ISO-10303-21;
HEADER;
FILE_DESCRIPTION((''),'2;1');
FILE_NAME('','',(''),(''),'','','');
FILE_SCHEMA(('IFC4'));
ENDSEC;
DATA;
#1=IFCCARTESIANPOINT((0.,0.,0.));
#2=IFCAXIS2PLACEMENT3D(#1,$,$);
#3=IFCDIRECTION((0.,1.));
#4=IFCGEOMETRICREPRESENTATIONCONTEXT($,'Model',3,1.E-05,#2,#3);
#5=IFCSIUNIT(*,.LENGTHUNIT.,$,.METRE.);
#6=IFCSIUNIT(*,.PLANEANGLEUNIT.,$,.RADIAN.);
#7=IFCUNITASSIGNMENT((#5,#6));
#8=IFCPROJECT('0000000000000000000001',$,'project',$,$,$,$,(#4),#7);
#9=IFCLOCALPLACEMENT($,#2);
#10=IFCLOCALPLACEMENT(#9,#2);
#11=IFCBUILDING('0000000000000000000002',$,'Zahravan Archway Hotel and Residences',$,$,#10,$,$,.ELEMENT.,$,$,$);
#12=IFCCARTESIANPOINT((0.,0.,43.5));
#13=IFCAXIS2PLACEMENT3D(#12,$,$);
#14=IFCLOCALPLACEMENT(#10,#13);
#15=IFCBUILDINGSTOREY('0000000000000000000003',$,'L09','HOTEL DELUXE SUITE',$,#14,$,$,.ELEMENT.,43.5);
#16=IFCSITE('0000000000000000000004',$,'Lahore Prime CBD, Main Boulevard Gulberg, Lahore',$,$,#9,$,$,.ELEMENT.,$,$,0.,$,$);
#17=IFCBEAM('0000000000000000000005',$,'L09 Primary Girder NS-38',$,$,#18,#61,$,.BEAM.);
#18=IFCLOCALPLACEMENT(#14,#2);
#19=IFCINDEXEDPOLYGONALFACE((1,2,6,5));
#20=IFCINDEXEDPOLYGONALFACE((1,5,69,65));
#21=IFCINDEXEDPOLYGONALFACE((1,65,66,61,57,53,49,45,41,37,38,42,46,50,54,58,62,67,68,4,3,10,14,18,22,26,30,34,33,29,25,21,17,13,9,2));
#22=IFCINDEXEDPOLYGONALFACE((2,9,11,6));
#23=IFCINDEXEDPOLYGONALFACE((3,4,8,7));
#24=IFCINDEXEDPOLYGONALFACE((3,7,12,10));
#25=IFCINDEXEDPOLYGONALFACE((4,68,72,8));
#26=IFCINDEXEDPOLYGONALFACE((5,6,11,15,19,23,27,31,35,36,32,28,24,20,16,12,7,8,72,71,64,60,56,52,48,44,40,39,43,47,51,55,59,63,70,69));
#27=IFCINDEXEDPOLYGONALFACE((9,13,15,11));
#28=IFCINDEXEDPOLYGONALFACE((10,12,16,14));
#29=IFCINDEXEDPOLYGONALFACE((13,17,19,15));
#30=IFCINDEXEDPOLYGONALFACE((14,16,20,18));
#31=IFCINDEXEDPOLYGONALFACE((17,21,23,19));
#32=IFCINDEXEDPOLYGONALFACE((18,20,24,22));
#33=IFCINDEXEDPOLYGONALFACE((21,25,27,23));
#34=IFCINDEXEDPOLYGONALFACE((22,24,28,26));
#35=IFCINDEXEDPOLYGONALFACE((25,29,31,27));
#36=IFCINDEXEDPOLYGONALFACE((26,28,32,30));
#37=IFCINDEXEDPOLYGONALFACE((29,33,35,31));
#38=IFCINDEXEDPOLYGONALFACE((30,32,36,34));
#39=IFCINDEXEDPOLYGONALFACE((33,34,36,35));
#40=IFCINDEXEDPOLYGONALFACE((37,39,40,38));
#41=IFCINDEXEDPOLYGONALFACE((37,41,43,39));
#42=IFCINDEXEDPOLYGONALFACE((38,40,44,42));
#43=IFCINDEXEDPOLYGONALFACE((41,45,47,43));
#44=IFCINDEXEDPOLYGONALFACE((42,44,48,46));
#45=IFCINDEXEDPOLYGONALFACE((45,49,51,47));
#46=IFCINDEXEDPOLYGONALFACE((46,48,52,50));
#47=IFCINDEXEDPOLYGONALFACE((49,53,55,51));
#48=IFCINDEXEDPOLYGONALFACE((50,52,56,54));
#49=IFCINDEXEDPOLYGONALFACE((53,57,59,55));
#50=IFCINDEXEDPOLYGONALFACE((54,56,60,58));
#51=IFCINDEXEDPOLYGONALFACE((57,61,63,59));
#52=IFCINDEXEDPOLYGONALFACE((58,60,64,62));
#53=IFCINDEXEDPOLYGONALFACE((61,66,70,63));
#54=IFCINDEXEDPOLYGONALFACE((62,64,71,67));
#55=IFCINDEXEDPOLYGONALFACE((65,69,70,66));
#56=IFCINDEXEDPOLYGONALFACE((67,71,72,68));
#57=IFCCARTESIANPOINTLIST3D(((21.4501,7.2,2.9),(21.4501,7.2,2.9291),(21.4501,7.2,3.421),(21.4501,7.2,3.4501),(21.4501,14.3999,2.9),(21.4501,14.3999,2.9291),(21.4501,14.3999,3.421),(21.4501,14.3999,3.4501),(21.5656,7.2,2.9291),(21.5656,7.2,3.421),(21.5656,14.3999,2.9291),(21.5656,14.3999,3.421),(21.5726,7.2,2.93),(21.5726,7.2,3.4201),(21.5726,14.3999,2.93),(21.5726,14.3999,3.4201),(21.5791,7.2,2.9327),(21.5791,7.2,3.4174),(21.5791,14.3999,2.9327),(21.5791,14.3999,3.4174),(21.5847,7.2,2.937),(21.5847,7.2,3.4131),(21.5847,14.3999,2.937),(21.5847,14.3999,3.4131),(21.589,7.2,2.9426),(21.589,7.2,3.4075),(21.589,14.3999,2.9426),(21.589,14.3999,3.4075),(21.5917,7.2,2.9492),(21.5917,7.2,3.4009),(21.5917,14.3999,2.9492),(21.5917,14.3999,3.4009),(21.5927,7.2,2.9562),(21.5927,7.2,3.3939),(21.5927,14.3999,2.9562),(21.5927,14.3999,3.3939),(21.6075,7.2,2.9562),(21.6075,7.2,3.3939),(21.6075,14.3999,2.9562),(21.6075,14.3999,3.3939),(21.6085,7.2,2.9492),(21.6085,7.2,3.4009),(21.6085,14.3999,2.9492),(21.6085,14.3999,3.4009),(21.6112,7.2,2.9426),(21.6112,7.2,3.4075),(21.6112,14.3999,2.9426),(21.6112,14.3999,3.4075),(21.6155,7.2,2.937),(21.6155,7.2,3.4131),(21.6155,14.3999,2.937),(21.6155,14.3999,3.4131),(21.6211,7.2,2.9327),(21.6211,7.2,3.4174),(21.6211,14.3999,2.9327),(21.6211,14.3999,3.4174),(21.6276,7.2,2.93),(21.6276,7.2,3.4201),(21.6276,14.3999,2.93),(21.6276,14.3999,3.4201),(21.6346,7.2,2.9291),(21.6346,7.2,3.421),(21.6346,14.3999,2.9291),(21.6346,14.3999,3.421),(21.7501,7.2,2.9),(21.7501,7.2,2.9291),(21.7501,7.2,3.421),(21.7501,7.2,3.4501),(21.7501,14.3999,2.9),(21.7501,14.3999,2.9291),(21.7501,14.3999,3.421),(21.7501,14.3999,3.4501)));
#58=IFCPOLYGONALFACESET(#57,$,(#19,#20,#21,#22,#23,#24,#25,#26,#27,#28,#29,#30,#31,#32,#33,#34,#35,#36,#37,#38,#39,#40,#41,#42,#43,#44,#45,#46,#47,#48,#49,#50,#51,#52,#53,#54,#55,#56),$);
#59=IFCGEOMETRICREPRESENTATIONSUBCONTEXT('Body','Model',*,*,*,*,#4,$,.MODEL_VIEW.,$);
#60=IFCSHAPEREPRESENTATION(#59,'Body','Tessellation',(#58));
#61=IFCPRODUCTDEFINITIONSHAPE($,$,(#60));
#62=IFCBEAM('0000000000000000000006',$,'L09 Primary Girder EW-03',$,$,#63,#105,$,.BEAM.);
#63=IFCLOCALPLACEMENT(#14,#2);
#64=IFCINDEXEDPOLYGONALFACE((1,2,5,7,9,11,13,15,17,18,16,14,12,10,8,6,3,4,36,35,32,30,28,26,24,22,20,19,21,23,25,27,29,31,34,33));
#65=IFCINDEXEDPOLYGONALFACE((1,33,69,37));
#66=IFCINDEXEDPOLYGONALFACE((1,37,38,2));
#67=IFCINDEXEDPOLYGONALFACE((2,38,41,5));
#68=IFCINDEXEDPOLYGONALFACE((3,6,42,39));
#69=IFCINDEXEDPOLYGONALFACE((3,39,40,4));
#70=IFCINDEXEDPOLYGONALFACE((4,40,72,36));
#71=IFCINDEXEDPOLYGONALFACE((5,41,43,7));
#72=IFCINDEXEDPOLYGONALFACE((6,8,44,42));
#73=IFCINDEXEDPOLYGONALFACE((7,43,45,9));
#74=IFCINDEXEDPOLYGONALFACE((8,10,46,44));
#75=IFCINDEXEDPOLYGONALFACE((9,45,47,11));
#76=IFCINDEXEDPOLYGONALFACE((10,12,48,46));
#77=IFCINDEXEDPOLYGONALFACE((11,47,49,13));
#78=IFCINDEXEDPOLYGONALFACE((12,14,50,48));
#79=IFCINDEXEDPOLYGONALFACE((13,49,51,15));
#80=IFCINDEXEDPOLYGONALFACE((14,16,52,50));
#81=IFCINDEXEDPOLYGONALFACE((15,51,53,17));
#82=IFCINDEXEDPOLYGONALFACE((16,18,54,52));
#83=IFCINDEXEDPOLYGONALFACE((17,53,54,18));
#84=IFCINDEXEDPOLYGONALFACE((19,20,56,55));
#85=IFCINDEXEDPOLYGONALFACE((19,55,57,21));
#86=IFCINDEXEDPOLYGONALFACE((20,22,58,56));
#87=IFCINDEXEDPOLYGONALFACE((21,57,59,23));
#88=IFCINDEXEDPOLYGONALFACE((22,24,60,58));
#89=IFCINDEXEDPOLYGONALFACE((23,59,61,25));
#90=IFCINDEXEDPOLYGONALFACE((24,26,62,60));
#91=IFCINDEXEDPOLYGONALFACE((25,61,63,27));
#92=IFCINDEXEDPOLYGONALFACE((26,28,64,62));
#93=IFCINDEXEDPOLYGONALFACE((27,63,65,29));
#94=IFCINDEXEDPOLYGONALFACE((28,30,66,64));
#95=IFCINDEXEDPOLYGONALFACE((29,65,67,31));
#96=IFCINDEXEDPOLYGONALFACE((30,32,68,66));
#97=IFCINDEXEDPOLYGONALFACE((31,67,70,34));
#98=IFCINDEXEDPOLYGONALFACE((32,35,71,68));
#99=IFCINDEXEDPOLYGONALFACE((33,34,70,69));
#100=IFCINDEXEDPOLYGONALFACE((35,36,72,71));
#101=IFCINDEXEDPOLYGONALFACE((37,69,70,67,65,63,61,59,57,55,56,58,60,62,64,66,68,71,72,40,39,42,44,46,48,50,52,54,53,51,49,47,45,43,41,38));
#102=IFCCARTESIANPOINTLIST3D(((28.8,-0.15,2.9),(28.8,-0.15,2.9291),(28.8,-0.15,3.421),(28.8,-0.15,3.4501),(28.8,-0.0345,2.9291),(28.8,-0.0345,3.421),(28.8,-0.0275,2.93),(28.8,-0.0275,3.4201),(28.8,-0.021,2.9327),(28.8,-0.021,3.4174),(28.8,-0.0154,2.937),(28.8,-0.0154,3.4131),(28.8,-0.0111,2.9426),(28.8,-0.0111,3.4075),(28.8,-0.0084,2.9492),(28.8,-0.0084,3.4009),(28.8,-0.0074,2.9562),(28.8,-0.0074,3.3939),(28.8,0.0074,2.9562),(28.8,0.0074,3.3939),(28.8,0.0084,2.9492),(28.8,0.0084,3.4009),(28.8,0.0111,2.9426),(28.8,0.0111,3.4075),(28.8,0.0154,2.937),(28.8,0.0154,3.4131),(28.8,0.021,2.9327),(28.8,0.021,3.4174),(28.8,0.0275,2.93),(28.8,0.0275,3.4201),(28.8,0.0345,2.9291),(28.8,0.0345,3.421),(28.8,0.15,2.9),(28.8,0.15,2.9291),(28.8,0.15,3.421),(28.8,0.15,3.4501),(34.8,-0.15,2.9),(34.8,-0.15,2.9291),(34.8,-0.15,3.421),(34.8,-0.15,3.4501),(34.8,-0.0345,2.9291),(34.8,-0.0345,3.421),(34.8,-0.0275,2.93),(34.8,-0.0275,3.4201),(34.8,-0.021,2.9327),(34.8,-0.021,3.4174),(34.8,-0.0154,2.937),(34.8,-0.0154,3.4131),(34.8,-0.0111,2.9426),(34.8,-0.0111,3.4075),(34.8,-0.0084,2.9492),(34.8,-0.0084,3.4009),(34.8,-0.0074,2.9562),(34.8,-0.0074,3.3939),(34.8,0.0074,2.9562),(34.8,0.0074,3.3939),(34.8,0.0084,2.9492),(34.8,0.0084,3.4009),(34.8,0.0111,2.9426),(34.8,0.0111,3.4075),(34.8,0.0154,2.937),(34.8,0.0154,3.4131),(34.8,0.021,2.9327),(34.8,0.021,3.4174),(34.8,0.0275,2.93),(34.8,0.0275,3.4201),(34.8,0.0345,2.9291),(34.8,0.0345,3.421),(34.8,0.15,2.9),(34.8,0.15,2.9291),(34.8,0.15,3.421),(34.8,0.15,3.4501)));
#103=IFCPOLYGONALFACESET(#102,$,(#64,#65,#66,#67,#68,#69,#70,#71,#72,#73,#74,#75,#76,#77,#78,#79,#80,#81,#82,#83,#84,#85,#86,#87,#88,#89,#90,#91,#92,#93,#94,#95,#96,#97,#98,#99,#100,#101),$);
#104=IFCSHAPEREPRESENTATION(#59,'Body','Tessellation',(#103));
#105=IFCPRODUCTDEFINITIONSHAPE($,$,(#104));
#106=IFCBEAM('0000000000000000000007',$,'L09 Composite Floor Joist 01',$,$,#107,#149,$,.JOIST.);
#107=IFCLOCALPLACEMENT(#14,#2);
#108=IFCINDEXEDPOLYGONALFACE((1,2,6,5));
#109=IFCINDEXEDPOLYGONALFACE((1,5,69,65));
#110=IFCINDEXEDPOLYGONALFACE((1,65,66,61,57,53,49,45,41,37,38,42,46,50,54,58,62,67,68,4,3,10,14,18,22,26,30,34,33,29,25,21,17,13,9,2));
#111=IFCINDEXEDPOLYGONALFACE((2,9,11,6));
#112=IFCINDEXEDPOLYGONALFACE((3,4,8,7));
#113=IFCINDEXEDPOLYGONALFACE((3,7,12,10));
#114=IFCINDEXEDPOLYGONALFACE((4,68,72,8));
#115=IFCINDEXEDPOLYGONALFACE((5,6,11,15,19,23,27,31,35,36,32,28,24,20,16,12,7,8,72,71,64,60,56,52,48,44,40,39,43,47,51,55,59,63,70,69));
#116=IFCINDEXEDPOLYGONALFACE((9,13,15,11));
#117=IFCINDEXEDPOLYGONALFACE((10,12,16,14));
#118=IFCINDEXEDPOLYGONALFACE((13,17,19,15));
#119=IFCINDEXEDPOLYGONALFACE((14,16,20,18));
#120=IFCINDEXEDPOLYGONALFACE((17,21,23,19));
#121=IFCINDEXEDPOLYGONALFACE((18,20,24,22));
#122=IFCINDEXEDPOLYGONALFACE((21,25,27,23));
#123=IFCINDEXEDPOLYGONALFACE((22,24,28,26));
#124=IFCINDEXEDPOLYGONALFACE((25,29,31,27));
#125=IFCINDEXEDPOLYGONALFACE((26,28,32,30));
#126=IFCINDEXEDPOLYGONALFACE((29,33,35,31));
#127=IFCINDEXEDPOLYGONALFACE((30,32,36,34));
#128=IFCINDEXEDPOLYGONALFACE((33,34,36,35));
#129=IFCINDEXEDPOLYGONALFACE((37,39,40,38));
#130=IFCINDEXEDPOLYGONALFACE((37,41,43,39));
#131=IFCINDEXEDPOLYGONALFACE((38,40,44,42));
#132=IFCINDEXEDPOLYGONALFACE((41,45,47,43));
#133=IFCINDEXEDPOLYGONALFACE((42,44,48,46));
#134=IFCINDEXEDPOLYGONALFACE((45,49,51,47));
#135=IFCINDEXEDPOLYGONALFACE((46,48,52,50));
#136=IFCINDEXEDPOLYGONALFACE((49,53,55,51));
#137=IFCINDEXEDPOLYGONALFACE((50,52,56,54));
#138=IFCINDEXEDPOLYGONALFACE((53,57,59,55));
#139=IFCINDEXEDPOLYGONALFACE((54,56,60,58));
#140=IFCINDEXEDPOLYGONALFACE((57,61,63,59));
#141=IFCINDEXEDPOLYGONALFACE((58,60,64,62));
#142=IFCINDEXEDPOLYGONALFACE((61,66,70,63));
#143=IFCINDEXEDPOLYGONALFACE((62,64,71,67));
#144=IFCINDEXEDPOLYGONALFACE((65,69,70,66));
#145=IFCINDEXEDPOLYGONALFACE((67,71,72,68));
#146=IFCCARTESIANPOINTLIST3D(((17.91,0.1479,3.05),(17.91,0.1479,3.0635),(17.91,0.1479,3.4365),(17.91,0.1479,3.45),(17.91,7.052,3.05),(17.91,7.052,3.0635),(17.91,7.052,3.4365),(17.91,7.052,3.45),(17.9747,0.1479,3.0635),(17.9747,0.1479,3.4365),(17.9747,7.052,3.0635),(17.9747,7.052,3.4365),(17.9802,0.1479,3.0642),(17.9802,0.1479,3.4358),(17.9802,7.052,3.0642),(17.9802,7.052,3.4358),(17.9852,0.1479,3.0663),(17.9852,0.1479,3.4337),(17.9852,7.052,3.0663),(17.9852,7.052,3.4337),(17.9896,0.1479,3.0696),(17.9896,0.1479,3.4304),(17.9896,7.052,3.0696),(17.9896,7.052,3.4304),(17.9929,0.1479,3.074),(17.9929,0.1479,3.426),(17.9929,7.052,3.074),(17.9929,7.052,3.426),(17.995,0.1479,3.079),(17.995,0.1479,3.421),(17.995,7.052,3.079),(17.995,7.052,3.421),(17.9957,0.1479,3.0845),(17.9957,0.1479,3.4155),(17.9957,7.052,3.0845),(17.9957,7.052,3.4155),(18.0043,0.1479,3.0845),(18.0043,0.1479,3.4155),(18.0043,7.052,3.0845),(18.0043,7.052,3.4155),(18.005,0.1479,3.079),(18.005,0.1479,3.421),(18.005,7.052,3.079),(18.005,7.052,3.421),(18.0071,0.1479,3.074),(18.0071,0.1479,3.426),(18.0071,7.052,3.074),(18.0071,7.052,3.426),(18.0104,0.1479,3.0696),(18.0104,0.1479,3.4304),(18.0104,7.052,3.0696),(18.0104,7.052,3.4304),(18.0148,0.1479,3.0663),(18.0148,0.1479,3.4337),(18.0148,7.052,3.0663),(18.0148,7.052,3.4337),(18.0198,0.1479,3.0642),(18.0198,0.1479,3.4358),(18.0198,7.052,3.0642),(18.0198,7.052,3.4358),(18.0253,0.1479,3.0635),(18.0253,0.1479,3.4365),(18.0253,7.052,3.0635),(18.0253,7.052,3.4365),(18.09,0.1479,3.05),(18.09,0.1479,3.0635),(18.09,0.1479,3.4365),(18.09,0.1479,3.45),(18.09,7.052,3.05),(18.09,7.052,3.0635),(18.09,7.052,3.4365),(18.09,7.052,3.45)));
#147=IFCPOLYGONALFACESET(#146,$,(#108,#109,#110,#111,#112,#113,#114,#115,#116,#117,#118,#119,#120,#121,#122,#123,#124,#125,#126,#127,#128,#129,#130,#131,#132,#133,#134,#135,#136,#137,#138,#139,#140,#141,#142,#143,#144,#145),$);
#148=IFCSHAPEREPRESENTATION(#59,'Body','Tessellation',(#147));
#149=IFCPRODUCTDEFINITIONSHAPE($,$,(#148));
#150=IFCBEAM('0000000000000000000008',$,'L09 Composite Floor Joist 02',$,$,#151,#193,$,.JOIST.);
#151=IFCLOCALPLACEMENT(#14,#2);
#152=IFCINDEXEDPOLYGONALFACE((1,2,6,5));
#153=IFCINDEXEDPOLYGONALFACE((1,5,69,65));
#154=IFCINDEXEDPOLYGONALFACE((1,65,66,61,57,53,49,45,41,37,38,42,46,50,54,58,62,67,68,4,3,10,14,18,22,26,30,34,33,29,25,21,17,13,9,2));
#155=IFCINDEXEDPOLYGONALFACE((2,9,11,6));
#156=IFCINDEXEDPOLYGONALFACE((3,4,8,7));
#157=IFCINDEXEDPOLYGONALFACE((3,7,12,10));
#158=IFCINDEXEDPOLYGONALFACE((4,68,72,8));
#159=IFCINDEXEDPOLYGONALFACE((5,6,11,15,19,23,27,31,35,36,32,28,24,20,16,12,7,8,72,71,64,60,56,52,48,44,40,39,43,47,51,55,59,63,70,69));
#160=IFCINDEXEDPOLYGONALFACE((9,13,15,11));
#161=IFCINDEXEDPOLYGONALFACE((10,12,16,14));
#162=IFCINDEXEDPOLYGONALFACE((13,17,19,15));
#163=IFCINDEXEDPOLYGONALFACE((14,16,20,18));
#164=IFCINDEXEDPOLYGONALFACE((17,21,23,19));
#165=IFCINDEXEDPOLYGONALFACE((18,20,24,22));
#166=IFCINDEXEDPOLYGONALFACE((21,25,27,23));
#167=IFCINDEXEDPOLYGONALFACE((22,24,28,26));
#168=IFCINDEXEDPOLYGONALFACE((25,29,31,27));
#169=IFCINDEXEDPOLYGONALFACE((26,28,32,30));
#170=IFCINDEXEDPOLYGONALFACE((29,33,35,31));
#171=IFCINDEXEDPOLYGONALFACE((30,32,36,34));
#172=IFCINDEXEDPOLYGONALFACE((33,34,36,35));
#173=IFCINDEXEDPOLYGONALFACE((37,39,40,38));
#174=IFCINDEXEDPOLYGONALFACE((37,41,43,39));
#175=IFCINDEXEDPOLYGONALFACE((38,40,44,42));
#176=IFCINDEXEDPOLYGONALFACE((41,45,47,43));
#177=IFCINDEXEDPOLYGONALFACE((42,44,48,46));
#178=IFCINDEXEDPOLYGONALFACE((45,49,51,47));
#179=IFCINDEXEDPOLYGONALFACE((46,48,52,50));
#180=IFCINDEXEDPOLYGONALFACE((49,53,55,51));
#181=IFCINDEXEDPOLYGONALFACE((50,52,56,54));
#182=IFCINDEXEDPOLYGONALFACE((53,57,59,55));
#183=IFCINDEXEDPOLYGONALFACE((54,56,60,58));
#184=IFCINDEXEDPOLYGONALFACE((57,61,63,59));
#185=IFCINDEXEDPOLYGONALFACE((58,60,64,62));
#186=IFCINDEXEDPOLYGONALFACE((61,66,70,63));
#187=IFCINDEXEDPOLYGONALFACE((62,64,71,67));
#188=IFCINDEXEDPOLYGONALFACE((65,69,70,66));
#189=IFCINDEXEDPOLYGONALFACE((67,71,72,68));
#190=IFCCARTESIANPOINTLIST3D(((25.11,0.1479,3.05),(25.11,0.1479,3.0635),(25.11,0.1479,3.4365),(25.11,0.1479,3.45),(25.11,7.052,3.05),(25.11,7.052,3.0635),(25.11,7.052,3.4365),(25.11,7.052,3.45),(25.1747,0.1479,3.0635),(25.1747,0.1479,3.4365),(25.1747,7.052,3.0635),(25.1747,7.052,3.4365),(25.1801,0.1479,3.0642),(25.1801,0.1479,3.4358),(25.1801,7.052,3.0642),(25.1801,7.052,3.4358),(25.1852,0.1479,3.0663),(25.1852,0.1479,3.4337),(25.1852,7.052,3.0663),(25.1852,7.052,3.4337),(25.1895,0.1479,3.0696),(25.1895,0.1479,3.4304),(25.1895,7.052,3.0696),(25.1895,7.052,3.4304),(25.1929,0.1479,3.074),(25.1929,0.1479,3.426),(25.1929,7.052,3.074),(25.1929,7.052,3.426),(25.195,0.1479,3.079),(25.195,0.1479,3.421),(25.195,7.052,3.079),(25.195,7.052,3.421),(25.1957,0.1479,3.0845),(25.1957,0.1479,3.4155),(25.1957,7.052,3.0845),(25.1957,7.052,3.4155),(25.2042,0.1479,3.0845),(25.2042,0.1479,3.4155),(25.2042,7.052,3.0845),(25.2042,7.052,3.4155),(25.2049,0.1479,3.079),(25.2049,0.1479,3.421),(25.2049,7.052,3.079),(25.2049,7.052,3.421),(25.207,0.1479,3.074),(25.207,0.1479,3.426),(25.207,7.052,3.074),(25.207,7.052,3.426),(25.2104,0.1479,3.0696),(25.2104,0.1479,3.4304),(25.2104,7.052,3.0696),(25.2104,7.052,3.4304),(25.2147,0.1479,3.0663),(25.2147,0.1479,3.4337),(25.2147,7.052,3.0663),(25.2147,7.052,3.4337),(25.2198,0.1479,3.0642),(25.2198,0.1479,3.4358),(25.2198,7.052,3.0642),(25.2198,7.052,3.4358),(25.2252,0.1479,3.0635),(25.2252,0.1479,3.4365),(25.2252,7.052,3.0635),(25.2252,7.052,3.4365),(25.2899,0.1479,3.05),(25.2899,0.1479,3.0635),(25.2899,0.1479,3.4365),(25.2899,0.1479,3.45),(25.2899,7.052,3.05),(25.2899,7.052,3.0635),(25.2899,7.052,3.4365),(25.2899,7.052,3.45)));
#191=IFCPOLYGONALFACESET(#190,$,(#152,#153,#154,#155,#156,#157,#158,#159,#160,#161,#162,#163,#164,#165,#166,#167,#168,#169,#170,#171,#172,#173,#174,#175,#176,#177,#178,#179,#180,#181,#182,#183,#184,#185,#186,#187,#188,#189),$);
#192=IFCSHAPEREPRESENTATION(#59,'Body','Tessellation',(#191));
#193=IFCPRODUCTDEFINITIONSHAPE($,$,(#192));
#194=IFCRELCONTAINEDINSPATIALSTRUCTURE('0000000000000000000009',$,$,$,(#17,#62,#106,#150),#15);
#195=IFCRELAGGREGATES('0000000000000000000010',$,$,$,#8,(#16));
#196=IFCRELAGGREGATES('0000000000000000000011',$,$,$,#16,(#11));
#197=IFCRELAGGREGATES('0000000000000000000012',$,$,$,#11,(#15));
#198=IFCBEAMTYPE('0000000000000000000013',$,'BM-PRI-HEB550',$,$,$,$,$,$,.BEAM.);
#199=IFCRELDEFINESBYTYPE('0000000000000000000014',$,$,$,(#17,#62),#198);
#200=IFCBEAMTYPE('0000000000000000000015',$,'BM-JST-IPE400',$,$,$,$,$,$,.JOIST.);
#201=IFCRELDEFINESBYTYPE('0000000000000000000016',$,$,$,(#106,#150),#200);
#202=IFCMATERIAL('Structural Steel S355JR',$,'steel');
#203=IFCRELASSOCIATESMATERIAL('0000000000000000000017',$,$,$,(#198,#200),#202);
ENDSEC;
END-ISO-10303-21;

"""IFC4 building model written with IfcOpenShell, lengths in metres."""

from ifc_helpers import new_model, si_unit, direction, frame, origin, origin_2d, place, context, subcontext, project, spatial, i_section, extrude, source, transform, mapped, material, material_profile, profile_set, type_object, type_shapes, element, save


model = new_model("IFC4")

# Units and contexts
model_context = context("Model", 3, precision=1e-05, world=origin(), true_north=direction((0.0, 1.0)))
body_context = subcontext(model_context, "Body", "Model", "MODEL_VIEW")
ifc_project = project(units=[si_unit("LENGTHUNIT", "METRE"), si_unit("PLANEANGLEUNIT", "RADIAN")], contexts=[model_context])

# Site, building, storey
site_placement = place(None, origin())
site = spatial("IfcSite", under=ifc_project, at=site_placement, Name="Lahore Prime CBD, Main Boulevard Gulberg, Lahore", CompositionType="ELEMENT", RefElevation=0.0)
building_placement = place(site_placement, origin())
building = spatial("IfcBuilding", under=site, at=building_placement, Name="Zahravan Archway Hotel and Residences", CompositionType="ELEMENT")
storey_placement = place(building_placement, frame((0.0, 0.0, 43.5)))
storey = spatial("IfcBuildingStorey", under=building, at=storey_placement, Name="L09", Description="HOTEL DELUXE SUITE", CompositionType="ELEMENT", Elevation=43.5)

# Beams
ifc_material_1 = material(Name="Structural Steel S355JR", Category="steel")
ifc_material_profile_1 = material_profile(ifc_material_1, i_section(OverallWidth=0.3, OverallDepth=0.55, WebThickness=0.0149, FlangeThickness=0.0291, FilletRadius=0.0271, at=origin_2d()), Name="HEB 550", Category="steel")
ifc_profile_set_1 = profile_set([ifc_material_profile_1], Name="Structural Steel S355JR")
beam_type_1 = type_object("IfcBeamType", Name="BM-PRI-HEB550", PredefinedType="BEAM", material=ifc_profile_set_1)
shared_shape_1 = source(origin(), body_context, "Body", "SweptSolid", [
    extrude(i_section(OverallWidth=0.3, OverallDepth=0.55, WebThickness=0.0149, FlangeThickness=0.0291, FilletRadius=0.0271, at=origin_2d()), origin(), (0.0, 0.0, 1.0), 7.2),
])
for number, where, z_axis, x_axis, name in (
    (1, (21.6001, 7.2, 3.175), (0.0, 1.0, 0.0), (-1.0, 0.0, 0.0), "L09 Primary Girder NS-38"),
):
    element("IfcBeam", number, at=place(storey_placement, frame(where, z_axis=z_axis, x_axis=x_axis)), inside=storey, type_object=beam_type_1, Name=name, PredefinedType="BEAM", context=body_context, shape_type="MappedRepresentation", body=[
        mapped(shared_shape_1, transform((0.0, 0.0, 0.0), scale=1.0)),
    ])
shared_shape_2 = source(origin(), body_context, "Body", "SweptSolid", [
    extrude(i_section(OverallWidth=0.3, OverallDepth=0.55, WebThickness=0.0149, FlangeThickness=0.0291, FilletRadius=0.0271, at=origin_2d()), origin(), (0.0, 0.0, 1.0), 6.0),
])
beam_1_placement = place(storey_placement, frame((28.8, 0.0, 3.175), z_axis=(1.0, 0.0, 0.0), x_axis=(0.0, 1.0, 0.0)))
element("IfcBeam", 2, at=beam_1_placement, inside=storey, type_object=beam_type_1, Name="L09 Primary Girder EW-03", PredefinedType="BEAM", context=body_context, shape_type="MappedRepresentation", body=[
    mapped(shared_shape_2, transform((0.0, 0.0, 0.0), scale=1.0)),
])
ifc_material_profile_2 = material_profile(ifc_material_1, i_section(OverallWidth=0.1799, OverallDepth=0.3999, WebThickness=0.0085, FlangeThickness=0.0134, FilletRadius=0.021, at=origin_2d()), Name="IPE 400", Category="steel")
ifc_profile_set_2 = profile_set([ifc_material_profile_2], Name="Structural Steel S355JR")
beam_type_2 = type_object("IfcBeamType", Name="BM-JST-IPE400", PredefinedType="JOIST", material=ifc_profile_set_2)
shared_shape_3 = source(origin(), body_context, "Body", "SweptSolid", [
    extrude(i_section(OverallWidth=0.1799, OverallDepth=0.3999, WebThickness=0.0085, FlangeThickness=0.0134, FilletRadius=0.021, at=origin_2d()), origin(), (0.0, 0.0, 1.0), 6.9041),
])
type_shapes(beam_type_2, [shared_shape_3])
for number, where, z_axis, x_axis, name in (
    (3, (18.0, 0.1479, 3.25), (0.0, 1.0, 0.0), (-1.0, 0.0, 0.0), "L09 Composite Floor Joist 01"),
    (4, (25.2, 0.1479, 3.25), (0.0, 1.0, 0.0), (-1.0, 0.0, 0.0), "L09 Composite Floor Joist 02"),
):
    element("IfcBeam", number, at=place(storey_placement, frame(where, z_axis=z_axis, x_axis=x_axis)), inside=storey, type_object=beam_type_2, Name=name, PredefinedType="JOIST", context=body_context, shape_type="MappedRepresentation", body=[
        mapped(shared_shape_3, transform((0.0, 0.0, 0.0), scale=1.0)),
    ])

save(model, "model.ifc")
